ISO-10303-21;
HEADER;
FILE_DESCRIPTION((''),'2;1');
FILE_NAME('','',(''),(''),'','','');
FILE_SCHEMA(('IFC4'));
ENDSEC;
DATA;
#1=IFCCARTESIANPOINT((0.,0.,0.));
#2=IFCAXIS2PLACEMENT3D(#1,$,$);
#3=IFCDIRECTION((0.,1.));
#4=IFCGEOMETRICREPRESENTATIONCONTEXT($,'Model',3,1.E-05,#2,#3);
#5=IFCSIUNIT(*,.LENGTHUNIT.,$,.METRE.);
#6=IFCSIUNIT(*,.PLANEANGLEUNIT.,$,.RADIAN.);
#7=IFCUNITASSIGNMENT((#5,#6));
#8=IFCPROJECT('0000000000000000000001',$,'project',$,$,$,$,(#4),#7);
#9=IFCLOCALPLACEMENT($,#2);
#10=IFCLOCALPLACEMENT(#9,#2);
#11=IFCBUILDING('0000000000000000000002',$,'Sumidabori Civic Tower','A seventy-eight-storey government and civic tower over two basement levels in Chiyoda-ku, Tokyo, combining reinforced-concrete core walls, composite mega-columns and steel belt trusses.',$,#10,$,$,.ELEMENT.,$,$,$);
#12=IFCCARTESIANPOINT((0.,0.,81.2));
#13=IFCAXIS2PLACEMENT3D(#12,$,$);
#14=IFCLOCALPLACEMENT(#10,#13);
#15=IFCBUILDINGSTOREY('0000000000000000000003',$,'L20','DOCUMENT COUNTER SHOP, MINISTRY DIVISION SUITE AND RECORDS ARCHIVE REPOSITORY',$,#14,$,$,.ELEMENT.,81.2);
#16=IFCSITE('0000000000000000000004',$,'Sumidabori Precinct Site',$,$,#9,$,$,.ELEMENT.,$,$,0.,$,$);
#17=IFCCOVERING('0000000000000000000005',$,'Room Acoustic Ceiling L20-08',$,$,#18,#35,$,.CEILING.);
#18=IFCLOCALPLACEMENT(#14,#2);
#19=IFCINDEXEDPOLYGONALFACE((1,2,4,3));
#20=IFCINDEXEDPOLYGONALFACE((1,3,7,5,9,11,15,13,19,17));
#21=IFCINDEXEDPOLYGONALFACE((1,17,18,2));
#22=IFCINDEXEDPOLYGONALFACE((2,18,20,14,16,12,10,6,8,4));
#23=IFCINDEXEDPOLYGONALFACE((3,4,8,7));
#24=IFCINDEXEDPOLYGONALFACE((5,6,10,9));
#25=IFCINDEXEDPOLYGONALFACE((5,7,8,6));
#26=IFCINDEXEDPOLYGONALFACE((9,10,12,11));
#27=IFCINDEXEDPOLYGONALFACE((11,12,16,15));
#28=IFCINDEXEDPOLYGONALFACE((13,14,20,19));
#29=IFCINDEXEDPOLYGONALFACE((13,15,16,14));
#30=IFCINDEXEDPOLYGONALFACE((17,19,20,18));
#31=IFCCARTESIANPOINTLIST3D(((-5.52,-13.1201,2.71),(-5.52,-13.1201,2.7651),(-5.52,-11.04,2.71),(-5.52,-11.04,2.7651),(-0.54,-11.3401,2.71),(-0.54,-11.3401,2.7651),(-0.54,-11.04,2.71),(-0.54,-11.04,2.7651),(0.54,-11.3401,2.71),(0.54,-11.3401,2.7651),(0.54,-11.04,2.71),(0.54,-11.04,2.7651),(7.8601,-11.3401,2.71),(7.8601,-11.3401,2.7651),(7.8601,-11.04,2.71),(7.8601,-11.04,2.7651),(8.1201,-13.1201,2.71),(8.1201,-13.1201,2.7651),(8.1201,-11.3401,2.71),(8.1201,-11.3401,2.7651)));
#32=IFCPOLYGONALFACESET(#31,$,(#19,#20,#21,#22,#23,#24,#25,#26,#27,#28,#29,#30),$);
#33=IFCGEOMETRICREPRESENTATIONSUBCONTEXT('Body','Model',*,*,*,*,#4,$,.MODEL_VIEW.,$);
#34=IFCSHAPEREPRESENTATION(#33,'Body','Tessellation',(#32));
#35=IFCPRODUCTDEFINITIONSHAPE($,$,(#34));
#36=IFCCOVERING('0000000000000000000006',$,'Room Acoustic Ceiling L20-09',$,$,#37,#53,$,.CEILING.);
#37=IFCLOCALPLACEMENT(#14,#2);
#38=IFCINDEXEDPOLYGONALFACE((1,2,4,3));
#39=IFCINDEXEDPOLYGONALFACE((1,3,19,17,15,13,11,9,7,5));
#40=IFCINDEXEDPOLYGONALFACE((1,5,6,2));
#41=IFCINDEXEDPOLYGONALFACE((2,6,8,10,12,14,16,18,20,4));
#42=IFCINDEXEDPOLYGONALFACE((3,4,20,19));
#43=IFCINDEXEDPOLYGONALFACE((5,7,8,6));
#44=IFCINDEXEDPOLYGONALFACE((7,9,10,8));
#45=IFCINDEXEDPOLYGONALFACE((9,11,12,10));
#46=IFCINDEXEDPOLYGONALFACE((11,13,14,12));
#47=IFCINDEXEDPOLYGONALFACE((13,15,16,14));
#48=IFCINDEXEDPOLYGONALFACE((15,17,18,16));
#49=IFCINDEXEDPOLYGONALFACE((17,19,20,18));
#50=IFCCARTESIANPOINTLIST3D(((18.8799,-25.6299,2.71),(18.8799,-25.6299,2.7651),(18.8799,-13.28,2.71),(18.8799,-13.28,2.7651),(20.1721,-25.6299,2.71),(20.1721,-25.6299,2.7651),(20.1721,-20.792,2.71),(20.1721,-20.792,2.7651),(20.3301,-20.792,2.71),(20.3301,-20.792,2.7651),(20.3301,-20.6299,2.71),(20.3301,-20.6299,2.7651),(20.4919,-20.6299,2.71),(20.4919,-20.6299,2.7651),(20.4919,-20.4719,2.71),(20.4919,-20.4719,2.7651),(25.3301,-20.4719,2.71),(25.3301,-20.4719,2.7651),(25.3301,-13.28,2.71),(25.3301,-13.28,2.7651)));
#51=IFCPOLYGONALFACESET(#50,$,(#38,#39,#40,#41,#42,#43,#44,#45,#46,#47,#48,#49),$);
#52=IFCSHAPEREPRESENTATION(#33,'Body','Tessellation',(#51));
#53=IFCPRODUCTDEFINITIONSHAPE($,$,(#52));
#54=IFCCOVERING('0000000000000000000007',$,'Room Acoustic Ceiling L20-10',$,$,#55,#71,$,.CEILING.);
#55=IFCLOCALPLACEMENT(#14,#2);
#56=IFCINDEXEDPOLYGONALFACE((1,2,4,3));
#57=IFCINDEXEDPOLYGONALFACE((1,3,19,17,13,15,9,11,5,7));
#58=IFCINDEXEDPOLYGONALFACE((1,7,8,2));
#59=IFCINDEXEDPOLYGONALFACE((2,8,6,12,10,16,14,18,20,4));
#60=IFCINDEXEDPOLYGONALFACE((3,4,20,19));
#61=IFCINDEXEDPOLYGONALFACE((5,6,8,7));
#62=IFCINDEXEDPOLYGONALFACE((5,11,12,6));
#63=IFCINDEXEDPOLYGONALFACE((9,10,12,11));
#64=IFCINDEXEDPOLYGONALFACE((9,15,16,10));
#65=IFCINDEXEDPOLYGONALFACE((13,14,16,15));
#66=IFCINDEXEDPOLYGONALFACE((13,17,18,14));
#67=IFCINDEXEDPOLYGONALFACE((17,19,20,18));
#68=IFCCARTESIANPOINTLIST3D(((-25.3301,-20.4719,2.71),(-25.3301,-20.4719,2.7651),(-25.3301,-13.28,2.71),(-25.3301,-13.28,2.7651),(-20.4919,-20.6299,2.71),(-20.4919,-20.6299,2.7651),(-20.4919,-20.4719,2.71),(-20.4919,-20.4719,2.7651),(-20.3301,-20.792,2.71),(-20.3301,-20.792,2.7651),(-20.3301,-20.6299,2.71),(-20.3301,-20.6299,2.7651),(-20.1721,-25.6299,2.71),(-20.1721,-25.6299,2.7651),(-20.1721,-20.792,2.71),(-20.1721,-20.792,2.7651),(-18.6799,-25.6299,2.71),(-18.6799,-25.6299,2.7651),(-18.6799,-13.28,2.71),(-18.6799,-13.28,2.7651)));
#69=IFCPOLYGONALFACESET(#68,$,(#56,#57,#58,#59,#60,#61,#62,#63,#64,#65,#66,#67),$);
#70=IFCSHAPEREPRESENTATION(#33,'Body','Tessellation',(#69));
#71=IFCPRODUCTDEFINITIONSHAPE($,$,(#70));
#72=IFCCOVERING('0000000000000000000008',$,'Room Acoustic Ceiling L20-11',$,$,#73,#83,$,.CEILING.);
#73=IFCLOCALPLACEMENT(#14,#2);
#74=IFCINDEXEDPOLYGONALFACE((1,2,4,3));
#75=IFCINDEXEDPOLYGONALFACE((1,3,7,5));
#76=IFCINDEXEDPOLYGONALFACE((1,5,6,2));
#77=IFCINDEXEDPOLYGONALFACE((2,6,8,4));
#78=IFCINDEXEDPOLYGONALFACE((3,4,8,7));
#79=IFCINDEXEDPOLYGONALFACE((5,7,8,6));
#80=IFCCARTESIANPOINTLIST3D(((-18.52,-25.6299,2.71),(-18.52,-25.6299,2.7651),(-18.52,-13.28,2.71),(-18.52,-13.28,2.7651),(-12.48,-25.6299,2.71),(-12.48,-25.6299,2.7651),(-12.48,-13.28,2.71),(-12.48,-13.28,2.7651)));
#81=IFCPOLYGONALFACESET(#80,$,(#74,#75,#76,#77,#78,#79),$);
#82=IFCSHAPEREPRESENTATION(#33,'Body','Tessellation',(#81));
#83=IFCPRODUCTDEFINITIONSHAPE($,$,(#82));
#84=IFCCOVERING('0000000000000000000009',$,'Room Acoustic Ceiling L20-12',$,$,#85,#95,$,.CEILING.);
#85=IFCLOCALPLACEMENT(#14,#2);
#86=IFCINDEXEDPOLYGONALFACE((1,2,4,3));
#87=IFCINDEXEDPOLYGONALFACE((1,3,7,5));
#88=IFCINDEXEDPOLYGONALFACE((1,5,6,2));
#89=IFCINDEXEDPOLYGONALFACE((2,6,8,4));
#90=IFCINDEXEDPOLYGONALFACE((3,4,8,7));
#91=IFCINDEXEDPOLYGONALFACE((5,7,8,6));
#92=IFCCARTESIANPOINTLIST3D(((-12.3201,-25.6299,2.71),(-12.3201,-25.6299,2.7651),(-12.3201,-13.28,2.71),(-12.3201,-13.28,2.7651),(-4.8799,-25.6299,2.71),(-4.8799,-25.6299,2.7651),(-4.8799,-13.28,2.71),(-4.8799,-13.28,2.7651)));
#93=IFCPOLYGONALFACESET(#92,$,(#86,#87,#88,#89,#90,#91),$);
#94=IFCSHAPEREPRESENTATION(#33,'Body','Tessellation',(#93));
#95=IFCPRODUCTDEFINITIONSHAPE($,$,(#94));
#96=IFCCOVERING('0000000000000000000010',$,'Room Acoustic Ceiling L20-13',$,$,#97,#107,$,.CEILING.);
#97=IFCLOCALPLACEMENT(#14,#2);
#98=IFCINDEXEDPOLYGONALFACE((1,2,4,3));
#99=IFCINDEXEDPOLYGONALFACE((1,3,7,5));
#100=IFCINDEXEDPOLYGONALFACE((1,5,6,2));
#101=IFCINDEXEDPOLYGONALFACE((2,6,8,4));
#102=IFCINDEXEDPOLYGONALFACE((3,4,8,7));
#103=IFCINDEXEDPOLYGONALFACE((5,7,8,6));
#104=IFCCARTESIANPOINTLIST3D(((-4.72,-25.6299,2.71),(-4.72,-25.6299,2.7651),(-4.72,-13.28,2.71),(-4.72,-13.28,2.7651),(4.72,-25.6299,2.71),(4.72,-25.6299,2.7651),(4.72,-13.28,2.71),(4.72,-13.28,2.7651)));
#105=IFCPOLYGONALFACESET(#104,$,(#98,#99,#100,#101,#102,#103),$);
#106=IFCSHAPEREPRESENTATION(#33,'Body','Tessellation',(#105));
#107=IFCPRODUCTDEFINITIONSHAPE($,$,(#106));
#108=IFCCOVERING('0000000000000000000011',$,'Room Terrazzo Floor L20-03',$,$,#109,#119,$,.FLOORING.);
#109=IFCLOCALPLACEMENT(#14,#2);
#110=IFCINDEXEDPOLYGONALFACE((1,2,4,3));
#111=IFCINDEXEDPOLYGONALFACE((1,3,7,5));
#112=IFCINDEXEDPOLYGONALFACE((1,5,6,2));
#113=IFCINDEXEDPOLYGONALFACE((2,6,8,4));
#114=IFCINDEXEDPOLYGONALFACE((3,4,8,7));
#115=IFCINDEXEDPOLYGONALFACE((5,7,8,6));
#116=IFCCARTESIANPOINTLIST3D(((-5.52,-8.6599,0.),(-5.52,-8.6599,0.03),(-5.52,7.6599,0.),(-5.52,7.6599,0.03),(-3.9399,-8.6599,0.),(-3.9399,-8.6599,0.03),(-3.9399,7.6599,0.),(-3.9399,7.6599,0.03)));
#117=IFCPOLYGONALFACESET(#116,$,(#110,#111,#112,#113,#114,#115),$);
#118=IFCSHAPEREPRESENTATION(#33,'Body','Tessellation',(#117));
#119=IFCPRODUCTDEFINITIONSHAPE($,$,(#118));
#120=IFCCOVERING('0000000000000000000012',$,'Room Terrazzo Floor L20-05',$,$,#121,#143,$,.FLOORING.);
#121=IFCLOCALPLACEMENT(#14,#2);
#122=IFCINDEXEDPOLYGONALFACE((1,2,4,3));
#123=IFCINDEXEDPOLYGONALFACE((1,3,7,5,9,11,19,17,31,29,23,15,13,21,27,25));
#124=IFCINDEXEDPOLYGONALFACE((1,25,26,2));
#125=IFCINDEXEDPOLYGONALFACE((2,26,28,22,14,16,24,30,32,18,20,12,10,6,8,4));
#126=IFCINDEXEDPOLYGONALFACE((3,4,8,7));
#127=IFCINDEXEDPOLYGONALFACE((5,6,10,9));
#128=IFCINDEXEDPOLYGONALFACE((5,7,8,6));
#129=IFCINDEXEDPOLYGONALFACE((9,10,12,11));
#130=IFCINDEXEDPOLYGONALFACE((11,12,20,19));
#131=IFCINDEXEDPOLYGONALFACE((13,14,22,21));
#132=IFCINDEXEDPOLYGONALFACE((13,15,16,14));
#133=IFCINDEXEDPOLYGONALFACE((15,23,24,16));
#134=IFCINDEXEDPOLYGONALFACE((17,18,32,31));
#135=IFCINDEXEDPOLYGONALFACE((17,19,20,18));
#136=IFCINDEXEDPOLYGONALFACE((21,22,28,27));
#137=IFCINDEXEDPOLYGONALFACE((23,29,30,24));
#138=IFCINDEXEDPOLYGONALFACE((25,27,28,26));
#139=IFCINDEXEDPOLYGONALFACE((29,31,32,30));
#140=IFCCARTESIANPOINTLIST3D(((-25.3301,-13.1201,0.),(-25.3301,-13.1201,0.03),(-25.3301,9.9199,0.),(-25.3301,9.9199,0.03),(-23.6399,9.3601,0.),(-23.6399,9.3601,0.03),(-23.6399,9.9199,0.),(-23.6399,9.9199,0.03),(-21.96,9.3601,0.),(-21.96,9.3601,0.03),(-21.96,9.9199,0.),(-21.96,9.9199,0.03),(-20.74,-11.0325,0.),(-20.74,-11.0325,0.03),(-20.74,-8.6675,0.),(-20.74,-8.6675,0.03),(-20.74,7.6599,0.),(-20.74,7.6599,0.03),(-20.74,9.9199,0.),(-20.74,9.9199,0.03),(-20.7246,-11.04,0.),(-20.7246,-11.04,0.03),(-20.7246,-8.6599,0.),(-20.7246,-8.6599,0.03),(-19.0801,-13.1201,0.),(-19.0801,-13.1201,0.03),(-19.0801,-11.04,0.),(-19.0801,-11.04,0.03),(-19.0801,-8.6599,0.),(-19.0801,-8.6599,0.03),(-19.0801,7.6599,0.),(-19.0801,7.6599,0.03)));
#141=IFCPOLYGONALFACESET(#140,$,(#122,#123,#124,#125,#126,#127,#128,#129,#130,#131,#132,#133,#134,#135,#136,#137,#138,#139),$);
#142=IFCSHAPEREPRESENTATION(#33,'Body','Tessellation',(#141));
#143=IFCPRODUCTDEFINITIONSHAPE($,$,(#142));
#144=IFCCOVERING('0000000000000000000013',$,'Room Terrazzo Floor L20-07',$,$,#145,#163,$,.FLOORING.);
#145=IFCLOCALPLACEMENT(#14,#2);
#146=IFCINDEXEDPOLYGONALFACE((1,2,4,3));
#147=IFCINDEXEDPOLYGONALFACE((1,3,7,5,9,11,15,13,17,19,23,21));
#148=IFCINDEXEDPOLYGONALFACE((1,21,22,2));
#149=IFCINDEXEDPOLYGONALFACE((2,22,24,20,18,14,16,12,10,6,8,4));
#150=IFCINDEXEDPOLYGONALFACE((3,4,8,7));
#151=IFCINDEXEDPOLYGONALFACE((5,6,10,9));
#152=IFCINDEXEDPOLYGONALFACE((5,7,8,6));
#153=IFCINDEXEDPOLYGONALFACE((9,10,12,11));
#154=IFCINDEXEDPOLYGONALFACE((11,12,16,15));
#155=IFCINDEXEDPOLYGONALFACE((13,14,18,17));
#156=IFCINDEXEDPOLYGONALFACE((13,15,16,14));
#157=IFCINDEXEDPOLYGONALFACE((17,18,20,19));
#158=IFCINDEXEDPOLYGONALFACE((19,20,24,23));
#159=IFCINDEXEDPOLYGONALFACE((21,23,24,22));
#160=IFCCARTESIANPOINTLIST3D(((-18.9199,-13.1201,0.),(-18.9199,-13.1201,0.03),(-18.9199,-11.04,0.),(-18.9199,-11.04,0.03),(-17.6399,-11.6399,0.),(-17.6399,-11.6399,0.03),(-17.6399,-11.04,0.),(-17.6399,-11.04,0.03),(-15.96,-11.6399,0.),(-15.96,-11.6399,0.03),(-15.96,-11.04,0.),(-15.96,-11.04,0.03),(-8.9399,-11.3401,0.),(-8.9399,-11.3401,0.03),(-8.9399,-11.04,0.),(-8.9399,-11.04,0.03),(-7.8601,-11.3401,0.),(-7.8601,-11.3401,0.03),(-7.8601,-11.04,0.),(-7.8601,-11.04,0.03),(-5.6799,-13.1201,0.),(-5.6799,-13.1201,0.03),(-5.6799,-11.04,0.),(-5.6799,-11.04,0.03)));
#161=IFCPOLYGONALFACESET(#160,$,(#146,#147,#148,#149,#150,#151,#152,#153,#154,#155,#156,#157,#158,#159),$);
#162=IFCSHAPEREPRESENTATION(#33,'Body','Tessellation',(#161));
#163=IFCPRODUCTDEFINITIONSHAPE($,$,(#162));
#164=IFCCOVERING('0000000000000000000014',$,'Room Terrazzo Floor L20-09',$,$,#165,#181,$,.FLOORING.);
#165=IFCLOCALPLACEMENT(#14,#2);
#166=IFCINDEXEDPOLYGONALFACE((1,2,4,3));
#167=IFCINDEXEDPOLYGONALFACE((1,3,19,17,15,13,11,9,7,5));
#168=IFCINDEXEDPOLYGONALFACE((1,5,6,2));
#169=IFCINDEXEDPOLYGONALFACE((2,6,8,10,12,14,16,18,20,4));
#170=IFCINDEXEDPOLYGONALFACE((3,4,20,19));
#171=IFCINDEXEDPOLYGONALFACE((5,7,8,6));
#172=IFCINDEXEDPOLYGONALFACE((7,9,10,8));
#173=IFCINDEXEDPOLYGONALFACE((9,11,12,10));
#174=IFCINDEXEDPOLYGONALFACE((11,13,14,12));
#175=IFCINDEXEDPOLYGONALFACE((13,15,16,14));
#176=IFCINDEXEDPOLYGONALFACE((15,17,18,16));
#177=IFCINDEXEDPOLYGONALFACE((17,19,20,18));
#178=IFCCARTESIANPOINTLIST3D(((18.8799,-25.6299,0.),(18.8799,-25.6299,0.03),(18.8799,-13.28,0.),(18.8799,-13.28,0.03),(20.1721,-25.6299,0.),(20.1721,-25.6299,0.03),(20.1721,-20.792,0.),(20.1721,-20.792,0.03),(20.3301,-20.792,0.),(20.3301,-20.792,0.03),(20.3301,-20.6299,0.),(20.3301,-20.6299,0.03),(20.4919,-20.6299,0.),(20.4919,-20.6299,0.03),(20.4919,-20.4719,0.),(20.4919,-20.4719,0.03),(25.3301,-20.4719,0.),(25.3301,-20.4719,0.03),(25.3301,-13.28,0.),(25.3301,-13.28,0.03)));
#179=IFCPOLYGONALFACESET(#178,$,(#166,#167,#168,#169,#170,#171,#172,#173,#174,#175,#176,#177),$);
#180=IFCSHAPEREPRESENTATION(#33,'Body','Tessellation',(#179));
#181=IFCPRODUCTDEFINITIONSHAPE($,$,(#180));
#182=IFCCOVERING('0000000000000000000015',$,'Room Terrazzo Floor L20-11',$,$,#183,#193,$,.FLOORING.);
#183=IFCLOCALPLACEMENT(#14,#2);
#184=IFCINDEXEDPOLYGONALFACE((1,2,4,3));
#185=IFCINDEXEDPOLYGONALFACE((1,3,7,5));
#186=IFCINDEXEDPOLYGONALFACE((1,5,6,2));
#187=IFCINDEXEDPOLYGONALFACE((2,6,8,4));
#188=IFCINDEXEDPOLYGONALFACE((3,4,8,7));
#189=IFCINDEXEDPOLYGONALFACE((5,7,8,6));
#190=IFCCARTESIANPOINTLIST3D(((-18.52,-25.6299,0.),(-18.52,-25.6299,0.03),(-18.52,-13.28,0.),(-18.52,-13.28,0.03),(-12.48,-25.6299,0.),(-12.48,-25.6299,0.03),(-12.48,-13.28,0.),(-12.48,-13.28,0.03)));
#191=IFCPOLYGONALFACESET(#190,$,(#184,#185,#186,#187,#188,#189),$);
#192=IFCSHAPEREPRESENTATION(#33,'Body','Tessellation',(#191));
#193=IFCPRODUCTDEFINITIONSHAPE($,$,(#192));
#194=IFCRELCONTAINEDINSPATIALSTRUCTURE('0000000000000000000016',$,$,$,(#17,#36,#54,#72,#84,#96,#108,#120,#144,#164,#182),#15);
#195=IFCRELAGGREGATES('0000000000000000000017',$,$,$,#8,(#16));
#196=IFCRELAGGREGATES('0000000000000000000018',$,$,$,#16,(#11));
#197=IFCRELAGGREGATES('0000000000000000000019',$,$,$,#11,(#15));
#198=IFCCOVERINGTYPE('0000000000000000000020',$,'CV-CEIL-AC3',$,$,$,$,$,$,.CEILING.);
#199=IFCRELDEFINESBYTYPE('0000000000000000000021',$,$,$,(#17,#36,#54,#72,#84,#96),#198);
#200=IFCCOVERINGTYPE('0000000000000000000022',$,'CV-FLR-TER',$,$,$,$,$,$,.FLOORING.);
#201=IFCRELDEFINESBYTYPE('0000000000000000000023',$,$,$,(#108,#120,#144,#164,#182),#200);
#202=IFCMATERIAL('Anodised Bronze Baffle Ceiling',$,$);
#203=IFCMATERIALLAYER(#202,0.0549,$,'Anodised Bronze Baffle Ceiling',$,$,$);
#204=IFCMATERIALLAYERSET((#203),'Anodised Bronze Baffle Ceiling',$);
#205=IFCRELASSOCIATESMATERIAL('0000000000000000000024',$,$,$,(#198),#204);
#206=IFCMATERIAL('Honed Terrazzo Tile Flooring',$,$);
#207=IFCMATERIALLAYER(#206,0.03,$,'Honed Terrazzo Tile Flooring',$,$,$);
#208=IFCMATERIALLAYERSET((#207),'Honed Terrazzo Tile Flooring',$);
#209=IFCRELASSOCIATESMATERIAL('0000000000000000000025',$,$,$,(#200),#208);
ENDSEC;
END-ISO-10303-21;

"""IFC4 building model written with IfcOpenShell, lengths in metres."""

from ifc_helpers import new_model, si_unit, direction, frame, origin, place, context, subcontext, project, spatial, polyline, outline, extrude, material, layer, layer_set, type_object, element, save


model = new_model("IFC4")

# Units and contexts
model_context = context("Model", 3, precision=1e-05, world=origin(), true_north=direction((0.0, 1.0)))
body_context = subcontext(model_context, "Body", "Model", "MODEL_VIEW")
ifc_project = project(units=[si_unit("LENGTHUNIT", "METRE"), si_unit("PLANEANGLEUNIT", "RADIAN")], contexts=[model_context])

# Site, building, storey
site_placement = place(None, origin())
site = spatial("IfcSite", under=ifc_project, at=site_placement, Name="Sumidabori Precinct Site", CompositionType="ELEMENT", RefElevation=0.0)
building_placement = place(site_placement, origin())
building = spatial("IfcBuilding", under=site, at=building_placement, Name="Sumidabori Civic Tower", Description="A seventy-eight-storey government and civic tower over two basement levels in Chiyoda-ku, Tokyo, combining reinforced-concrete core walls, composite mega-columns and steel belt trusses.", CompositionType="ELEMENT")
storey_placement = place(building_placement, frame((0.0, 0.0, 81.2)))
storey = spatial("IfcBuildingStorey", under=building, at=storey_placement, Name="L20", Description="DOCUMENT COUNTER SHOP, MINISTRY DIVISION SUITE AND RECORDS ARCHIVE REPOSITORY", CompositionType="ELEMENT", Elevation=81.2)

# Coverings
ifc_material_1 = material(Name="Anodised Bronze Baffle Ceiling")
ifc_layer_1 = layer(ifc_material_1, 0.0549, Name="Anodised Bronze Baffle Ceiling")
ifc_layer_set_1 = layer_set([ifc_layer_1], Name="Anodised Bronze Baffle Ceiling")
covering_type_1 = type_object("IfcCoveringType", Name="CV-CEIL-AC3", PredefinedType="CEILING", material=ifc_layer_set_1)
covering_1_placement = place(storey_placement, frame((0.0, 0.0, 2.71)))
element("IfcCovering", 1, at=covering_1_placement, inside=storey, type_object=covering_type_1, Name="Room Acoustic Ceiling L20-08", PredefinedType="CEILING", context=body_context, shape_type="SweptSolid", body=[
    extrude(outline(polyline([(-5.52, -11.04), (-0.54, -11.04), (-0.54, -11.3401), (0.54, -11.3401), (0.54, -11.04), (7.8601, -11.04), (7.8601, -11.3401), (8.1201, -11.3401), (8.1201, -13.1201), (-5.52, -13.1201), (-5.52, -11.04)])), origin(), (0.0, 0.0, 1.0), 0.0552),
])
covering_2_placement = place(storey_placement, frame((0.0, 0.0, 2.71)))
element("IfcCovering", 2, at=covering_2_placement, inside=storey, type_object=covering_type_1, Name="Room Acoustic Ceiling L20-09", PredefinedType="CEILING", context=body_context, shape_type="SweptSolid", body=[
    extrude(outline(polyline([(18.8799, -13.28), (25.3301, -13.28), (25.3301, -20.4719), (20.4919, -20.4719), (20.4919, -20.6299), (20.3301, -20.6299), (20.3301, -20.792), (20.1721, -20.792), (20.1721, -25.6299), (18.8799, -25.6299), (18.8799, -13.28)])), origin(), (0.0, 0.0, 1.0), 0.0552),
])
covering_3_placement = place(storey_placement, frame((0.0, 0.0, 2.71)))
element("IfcCovering", 3, at=covering_3_placement, inside=storey, type_object=covering_type_1, Name="Room Acoustic Ceiling L20-10", PredefinedType="CEILING", context=body_context, shape_type="SweptSolid", body=[
    extrude(outline(polyline([(-18.6799, -13.28), (-18.6799, -25.6299), (-20.1721, -25.6299), (-20.1721, -20.792), (-20.3301, -20.792), (-20.3301, -20.6299), (-20.4919, -20.6299), (-20.4919, -20.4719), (-25.3301, -20.4719), (-25.3301, -13.28), (-18.6799, -13.28)])), origin(), (0.0, 0.0, 1.0), 0.0552),
])
covering_4_placement = place(storey_placement, frame((0.0, 0.0, 2.71)))
element("IfcCovering", 4, at=covering_4_placement, inside=storey, type_object=covering_type_1, Name="Room Acoustic Ceiling L20-11", PredefinedType="CEILING", context=body_context, shape_type="SweptSolid", body=[
    extrude(outline(polyline([(-18.52, -13.28), (-12.48, -13.28), (-12.48, -25.6299), (-18.52, -25.6299), (-18.52, -13.28)])), origin(), (0.0, 0.0, 1.0), 0.0552),
])
covering_5_placement = place(storey_placement, frame((0.0, 0.0, 2.71)))
element("IfcCovering", 5, at=covering_5_placement, inside=storey, type_object=covering_type_1, Name="Room Acoustic Ceiling L20-12", PredefinedType="CEILING", context=body_context, shape_type="SweptSolid", body=[
    extrude(outline(polyline([(-12.3201, -13.28), (-4.8799, -13.28), (-4.8799, -25.6299), (-12.3201, -25.6299), (-12.3201, -13.28)])), origin(), (0.0, 0.0, 1.0), 0.0552),
])
covering_6_placement = place(storey_placement, frame((0.0, 0.0, 2.71)))
element("IfcCovering", 6, at=covering_6_placement, inside=storey, type_object=covering_type_1, Name="Room Acoustic Ceiling L20-13", PredefinedType="CEILING", context=body_context, shape_type="SweptSolid", body=[
    extrude(outline(polyline([(-4.72, -13.28), (4.72, -13.28), (4.72, -25.6299), (-4.72, -25.6299), (-4.72, -13.28)])), origin(), (0.0, 0.0, 1.0), 0.0552),
])
ifc_material_2 = material(Name="Honed Terrazzo Tile Flooring")
ifc_layer_2 = layer(ifc_material_2, 0.03, Name="Honed Terrazzo Tile Flooring")
ifc_layer_set_2 = layer_set([ifc_layer_2], Name="Honed Terrazzo Tile Flooring")
covering_type_2 = type_object("IfcCoveringType", Name="CV-FLR-TER", PredefinedType="FLOORING", material=ifc_layer_set_2)
covering_7_placement = place(storey_placement, origin())
element("IfcCovering", 7, at=covering_7_placement, inside=storey, type_object=covering_type_2, Name="Room Terrazzo Floor L20-03", PredefinedType="FLOORING", context=body_context, shape_type="SweptSolid", body=[
    extrude(outline(polyline([(-5.52, 7.6599), (-3.9399, 7.6599), (-3.9399, -8.6599), (-5.52, -8.6599), (-5.52, 7.6599)])), origin(), (0.0, 0.0, 1.0), 0.03),
])
covering_8_placement = place(storey_placement, origin())
element("IfcCovering", 8, at=covering_8_placement, inside=storey, type_object=covering_type_2, Name="Room Terrazzo Floor L20-05", PredefinedType="FLOORING", context=body_context, shape_type="SweptSolid", body=[
    extrude(outline(polyline([(-25.3301, -13.1201), (-25.3301, 9.9199), (-23.6399, 9.9199), (-23.6399, 9.3601), (-21.96, 9.3601), (-21.96, 9.9199), (-20.74, 9.9199), (-20.74, 7.6599), (-19.0801, 7.6599), (-19.0801, -8.6599), (-20.7246, -8.6599), (-20.74, -8.6675), (-20.74, -11.0325), (-20.7246, -11.04), (-19.0801, -11.04), (-19.0801, -13.1201), (-25.3301, -13.1201)])), origin(), (0.0, 0.0, 1.0), 0.03),
])
covering_9_placement = place(storey_placement, origin())
element("IfcCovering", 9, at=covering_9_placement, inside=storey, type_object=covering_type_2, Name="Room Terrazzo Floor L20-07", PredefinedType="FLOORING", context=body_context, shape_type="SweptSolid", body=[
    extrude(outline(polyline([(-17.6399, -11.04), (-17.6399, -11.6399), (-15.96, -11.6399), (-15.96, -11.04), (-8.9399, -11.04), (-8.9399, -11.3401), (-7.8601, -11.3401), (-7.8601, -11.04), (-5.6799, -11.04), (-5.6799, -13.1201), (-18.9199, -13.1201), (-18.9199, -11.04), (-17.6399, -11.04)])), origin(), (0.0, 0.0, 1.0), 0.03),
])
covering_10_placement = place(storey_placement, origin())
element("IfcCovering", 10, at=covering_10_placement, inside=storey, type_object=covering_type_2, Name="Room Terrazzo Floor L20-09", PredefinedType="FLOORING", context=body_context, shape_type="SweptSolid", body=[
    extrude(outline(polyline([(18.8799, -13.28), (25.3301, -13.28), (25.3301, -20.4719), (20.4919, -20.4719), (20.4919, -20.6299), (20.3301, -20.6299), (20.3301, -20.792), (20.1721, -20.792), (20.1721, -25.6299), (18.8799, -25.6299), (18.8799, -13.28)])), origin(), (0.0, 0.0, 1.0), 0.03),
])
covering_11_placement = place(storey_placement, origin())
element("IfcCovering", 11, at=covering_11_placement, inside=storey, type_object=covering_type_2, Name="Room Terrazzo Floor L20-11", PredefinedType="FLOORING", context=body_context, shape_type="SweptSolid", body=[
    extrude(outline(polyline([(-18.52, -13.28), (-12.48, -13.28), (-12.48, -25.6299), (-18.52, -25.6299), (-18.52, -13.28)])), origin(), (0.0, 0.0, 1.0), 0.03),
])

save(model, "model.ifc")
